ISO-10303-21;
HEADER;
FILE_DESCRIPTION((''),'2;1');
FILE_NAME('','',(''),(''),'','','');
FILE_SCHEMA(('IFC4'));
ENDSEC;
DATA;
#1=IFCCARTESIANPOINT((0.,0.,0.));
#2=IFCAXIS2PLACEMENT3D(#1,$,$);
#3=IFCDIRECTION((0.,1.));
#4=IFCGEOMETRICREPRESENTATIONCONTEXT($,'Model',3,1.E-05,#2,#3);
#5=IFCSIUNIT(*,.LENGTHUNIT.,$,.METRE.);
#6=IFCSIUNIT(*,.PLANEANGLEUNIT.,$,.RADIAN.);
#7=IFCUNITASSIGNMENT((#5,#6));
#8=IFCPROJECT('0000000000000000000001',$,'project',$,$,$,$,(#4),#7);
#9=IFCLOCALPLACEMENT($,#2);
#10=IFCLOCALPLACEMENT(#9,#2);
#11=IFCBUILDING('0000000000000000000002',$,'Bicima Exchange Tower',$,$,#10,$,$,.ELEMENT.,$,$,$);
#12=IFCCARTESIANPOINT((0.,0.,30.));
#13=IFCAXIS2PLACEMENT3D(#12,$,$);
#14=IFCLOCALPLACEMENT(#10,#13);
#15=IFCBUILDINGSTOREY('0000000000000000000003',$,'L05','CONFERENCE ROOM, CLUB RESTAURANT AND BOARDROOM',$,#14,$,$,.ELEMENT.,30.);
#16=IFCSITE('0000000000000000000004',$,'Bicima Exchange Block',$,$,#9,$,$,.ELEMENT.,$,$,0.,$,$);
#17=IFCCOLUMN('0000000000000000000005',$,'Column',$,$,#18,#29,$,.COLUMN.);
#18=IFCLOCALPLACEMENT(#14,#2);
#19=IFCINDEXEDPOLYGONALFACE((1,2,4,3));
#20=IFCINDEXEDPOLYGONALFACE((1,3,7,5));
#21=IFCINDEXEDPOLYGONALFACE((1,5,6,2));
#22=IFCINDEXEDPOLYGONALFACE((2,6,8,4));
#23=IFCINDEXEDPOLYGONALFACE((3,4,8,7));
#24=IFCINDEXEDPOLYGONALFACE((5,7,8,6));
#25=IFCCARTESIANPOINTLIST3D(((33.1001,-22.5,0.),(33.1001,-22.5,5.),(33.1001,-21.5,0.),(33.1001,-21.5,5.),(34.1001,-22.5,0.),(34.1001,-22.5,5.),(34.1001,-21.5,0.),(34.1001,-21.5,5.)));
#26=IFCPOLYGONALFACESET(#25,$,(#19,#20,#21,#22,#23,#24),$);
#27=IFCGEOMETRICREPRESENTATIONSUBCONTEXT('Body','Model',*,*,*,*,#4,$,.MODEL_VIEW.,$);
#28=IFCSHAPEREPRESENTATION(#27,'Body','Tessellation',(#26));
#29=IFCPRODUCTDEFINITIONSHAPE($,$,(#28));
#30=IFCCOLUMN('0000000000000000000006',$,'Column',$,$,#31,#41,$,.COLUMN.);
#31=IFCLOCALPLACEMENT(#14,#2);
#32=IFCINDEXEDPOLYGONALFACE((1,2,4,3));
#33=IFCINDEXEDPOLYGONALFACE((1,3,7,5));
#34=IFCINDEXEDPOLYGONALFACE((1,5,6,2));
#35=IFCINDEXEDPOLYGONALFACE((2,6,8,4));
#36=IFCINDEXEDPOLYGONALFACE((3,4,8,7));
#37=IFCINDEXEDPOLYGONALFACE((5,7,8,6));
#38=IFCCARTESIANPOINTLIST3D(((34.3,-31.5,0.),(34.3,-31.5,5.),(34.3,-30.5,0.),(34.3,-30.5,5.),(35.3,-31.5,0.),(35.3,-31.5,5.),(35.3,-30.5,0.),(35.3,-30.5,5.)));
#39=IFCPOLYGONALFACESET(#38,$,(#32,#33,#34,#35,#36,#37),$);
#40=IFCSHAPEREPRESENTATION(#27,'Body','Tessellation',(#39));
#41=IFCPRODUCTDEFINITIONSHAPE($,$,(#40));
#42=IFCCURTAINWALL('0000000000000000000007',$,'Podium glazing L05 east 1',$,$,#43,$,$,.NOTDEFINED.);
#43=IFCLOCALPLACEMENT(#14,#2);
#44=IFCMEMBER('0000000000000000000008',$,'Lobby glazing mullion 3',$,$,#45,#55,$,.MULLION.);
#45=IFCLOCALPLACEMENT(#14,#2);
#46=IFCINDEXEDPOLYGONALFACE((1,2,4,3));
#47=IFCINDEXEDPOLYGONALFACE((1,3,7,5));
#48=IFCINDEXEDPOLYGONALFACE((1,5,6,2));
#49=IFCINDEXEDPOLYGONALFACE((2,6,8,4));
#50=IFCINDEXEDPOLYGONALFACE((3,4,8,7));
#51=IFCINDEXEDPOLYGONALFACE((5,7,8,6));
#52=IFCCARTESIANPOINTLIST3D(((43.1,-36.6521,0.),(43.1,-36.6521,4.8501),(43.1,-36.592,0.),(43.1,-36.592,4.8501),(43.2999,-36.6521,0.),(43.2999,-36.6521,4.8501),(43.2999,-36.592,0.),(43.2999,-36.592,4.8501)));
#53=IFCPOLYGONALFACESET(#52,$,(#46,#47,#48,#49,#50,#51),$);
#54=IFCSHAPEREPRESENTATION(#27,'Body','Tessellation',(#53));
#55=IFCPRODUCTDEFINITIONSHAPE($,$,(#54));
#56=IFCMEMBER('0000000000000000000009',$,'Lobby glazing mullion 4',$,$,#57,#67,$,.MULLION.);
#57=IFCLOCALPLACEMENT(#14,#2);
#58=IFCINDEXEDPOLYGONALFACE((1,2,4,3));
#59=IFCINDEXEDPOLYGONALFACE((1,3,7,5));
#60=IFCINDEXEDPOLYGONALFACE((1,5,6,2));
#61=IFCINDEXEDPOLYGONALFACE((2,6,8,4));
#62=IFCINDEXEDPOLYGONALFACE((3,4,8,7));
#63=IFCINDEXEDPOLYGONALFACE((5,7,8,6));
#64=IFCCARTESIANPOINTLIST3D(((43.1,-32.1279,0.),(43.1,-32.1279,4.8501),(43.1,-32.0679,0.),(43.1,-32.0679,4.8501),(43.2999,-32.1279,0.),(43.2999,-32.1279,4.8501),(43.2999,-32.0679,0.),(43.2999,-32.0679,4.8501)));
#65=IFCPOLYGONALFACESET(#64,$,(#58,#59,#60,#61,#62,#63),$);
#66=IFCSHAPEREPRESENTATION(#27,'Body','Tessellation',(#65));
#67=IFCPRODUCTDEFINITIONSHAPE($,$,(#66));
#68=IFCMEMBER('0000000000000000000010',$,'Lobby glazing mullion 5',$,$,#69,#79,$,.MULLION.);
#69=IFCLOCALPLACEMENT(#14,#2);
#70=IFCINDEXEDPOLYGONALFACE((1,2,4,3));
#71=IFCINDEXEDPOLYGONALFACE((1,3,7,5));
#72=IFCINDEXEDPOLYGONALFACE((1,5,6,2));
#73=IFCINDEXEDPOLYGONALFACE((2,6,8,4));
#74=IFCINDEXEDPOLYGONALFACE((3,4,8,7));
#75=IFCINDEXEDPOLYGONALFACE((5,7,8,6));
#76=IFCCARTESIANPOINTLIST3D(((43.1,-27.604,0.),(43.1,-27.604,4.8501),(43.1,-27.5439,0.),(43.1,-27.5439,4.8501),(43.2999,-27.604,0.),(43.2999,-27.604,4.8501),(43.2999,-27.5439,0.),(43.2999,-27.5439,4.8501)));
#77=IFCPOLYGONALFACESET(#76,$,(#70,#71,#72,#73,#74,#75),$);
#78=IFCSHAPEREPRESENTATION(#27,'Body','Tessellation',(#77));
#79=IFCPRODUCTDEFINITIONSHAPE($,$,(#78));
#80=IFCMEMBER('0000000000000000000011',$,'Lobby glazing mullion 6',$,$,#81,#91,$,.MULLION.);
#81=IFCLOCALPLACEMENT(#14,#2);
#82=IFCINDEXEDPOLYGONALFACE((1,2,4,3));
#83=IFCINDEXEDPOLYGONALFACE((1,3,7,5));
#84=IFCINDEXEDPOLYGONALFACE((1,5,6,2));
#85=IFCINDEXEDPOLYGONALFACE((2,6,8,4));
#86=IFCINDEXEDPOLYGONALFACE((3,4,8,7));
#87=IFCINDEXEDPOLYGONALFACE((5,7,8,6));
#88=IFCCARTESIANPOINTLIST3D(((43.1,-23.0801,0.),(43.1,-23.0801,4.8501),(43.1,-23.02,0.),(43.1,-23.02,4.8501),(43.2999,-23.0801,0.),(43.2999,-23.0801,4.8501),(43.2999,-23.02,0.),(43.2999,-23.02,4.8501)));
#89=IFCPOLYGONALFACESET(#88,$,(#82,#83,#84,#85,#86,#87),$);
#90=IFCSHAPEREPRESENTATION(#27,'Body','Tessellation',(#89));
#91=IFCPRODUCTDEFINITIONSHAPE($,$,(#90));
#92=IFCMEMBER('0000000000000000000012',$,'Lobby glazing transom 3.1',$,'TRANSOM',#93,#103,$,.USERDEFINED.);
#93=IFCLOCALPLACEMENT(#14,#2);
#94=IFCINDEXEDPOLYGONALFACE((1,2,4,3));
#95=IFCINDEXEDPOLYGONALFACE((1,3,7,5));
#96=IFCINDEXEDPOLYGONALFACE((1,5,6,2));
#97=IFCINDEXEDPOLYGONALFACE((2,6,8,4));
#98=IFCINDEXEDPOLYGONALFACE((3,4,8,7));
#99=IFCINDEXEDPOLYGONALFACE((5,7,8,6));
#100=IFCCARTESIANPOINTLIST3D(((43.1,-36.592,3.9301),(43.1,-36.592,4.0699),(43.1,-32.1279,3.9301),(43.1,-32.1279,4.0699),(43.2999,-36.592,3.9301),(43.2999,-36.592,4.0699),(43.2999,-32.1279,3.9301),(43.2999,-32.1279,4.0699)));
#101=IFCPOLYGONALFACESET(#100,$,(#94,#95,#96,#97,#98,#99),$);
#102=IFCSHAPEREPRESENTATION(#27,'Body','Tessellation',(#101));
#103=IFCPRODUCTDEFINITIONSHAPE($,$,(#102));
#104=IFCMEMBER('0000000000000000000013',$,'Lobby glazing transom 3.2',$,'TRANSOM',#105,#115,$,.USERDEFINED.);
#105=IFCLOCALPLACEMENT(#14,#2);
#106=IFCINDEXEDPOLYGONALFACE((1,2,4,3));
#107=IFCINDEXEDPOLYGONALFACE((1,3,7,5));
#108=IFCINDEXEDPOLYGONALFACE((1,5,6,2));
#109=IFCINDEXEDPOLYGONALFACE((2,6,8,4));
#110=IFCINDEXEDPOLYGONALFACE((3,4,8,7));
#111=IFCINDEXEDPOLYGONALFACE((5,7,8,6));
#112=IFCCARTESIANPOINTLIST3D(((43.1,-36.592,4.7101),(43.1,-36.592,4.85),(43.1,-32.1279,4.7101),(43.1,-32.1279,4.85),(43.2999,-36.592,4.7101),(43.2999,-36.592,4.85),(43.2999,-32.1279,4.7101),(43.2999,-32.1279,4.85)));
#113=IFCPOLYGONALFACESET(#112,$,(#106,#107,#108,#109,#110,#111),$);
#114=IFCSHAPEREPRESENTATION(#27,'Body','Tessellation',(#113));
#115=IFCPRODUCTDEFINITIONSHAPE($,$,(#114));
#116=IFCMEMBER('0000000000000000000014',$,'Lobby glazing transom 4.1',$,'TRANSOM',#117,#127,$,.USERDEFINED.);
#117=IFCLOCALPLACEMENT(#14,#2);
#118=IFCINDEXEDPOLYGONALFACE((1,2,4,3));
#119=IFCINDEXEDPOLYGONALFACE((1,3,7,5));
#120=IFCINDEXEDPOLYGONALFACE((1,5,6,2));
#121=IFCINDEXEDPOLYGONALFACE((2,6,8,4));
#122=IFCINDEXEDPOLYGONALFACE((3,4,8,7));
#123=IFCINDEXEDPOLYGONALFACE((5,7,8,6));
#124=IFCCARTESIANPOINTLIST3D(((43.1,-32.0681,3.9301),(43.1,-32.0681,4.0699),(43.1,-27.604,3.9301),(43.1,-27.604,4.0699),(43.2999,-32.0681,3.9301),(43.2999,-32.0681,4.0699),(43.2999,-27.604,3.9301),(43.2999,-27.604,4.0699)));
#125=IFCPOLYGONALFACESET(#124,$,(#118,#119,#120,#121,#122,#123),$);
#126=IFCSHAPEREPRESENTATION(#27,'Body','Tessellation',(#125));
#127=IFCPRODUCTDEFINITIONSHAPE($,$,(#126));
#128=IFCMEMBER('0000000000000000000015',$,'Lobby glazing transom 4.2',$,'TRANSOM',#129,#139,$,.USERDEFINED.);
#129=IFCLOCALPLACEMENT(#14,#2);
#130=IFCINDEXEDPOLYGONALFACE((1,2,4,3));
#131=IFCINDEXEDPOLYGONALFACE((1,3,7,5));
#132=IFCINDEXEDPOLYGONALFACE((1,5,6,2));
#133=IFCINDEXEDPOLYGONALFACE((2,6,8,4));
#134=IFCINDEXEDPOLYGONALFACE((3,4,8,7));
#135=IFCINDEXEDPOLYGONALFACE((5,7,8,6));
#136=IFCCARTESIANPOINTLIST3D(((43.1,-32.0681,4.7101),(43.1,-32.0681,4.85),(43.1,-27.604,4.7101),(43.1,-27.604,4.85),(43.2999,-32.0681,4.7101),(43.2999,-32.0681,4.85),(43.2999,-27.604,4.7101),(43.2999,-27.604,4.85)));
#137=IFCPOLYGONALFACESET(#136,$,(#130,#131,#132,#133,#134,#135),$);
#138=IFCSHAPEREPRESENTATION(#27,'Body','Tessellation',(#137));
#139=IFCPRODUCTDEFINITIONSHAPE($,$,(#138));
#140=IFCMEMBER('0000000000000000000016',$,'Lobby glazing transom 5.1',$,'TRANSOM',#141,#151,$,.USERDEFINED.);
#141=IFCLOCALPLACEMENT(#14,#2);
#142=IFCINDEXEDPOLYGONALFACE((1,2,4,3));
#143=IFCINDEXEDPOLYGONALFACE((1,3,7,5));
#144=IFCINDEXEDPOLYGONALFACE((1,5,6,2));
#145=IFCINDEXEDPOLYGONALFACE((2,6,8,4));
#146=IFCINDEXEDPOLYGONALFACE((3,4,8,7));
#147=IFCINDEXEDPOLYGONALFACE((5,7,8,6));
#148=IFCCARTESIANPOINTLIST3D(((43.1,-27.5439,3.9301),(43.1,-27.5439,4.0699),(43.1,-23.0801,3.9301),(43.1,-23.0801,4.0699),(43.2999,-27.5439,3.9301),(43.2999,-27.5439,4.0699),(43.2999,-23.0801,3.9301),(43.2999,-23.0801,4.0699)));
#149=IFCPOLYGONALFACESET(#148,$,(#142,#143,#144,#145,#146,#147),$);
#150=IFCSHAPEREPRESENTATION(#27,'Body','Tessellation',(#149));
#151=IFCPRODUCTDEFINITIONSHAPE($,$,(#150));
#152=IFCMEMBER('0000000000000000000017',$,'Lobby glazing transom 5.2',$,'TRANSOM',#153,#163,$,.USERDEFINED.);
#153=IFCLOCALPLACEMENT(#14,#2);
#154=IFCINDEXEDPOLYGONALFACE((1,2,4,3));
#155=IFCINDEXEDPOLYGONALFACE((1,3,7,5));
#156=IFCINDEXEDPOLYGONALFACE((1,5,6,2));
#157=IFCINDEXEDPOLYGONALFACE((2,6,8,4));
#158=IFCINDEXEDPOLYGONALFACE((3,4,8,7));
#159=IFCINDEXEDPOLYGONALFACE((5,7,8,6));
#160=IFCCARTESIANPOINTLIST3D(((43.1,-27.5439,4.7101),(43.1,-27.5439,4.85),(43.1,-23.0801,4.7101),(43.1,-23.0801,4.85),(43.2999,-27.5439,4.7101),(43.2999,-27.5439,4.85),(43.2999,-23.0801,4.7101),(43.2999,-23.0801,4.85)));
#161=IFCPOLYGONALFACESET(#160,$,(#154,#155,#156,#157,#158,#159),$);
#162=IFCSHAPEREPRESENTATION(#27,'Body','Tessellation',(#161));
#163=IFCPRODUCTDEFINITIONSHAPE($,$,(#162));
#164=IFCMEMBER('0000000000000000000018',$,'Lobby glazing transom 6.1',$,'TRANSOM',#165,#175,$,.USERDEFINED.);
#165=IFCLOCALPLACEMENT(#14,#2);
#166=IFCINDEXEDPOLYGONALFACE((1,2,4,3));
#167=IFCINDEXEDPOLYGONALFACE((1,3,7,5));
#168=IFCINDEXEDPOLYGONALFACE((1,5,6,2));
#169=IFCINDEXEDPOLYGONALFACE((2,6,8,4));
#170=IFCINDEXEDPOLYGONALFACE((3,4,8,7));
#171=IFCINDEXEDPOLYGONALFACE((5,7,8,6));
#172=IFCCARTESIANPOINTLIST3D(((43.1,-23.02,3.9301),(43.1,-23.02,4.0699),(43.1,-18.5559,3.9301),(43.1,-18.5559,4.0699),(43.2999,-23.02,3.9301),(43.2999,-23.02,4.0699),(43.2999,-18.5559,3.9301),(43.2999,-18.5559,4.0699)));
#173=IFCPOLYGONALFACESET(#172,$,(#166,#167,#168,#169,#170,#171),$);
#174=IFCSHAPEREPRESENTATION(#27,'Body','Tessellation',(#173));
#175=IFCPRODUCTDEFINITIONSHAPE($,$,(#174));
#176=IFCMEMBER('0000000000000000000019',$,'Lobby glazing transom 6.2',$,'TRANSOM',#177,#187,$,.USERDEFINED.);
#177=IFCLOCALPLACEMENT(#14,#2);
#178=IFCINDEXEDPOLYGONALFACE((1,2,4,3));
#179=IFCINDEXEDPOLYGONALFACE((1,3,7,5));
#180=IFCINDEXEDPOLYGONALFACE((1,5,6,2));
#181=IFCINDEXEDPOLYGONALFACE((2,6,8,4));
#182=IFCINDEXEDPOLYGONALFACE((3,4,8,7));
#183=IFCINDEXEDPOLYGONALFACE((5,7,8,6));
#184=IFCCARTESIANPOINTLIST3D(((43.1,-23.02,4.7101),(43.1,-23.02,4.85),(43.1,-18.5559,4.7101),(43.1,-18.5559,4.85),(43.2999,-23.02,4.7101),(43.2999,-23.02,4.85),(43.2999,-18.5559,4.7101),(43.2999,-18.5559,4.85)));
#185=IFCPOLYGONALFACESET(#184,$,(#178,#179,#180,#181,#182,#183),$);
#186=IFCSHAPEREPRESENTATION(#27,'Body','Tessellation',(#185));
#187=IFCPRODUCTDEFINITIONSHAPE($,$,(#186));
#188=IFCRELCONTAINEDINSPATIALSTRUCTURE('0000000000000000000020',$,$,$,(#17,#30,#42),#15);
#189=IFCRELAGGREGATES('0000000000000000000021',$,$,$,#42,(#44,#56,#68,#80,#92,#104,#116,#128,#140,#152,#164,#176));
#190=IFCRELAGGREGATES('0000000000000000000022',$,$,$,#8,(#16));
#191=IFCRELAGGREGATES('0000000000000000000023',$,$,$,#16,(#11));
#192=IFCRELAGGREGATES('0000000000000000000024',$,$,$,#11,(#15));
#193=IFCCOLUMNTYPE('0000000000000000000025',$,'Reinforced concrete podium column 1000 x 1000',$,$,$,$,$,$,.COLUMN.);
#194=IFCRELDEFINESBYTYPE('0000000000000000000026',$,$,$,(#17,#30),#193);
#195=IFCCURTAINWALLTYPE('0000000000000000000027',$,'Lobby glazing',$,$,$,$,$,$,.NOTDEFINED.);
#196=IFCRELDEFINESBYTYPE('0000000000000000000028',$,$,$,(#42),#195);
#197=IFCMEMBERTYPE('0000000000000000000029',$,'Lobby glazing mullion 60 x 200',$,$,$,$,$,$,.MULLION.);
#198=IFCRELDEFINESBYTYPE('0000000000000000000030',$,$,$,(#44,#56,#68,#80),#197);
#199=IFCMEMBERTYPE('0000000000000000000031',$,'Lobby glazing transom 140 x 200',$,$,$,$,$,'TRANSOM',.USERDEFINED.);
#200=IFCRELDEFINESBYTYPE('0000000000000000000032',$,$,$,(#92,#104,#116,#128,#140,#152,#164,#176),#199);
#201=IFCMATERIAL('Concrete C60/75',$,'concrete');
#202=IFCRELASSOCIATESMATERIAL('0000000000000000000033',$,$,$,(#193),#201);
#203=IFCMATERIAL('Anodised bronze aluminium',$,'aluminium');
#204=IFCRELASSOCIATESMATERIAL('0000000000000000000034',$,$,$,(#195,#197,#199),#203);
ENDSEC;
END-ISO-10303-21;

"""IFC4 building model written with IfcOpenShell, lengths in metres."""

from ifc_helpers import new_model, si_unit, direction, frame, origin, origin_2d, place, context, subcontext, project, spatial, rectangle, extrude, material, material_profile, profile_set, type_object, element, aggregate, save


model = new_model("IFC4")

# Units and contexts
model_context = context("Model", 3, precision=1e-05, world=origin(), true_north=direction((0.0, 1.0)))
body_context = subcontext(model_context, "Body", "Model", "MODEL_VIEW")
ifc_project = project(units=[si_unit("LENGTHUNIT", "METRE"), si_unit("PLANEANGLEUNIT", "RADIAN")], contexts=[model_context])

# Site, building, storey
site_placement = place(None, origin())
site = spatial("IfcSite", under=ifc_project, at=site_placement, Name="Bicima Exchange Block", CompositionType="ELEMENT", RefElevation=0.0)
building_placement = place(site_placement, origin())
building = spatial("IfcBuilding", under=site, at=building_placement, Name="Bicima Exchange Tower", CompositionType="ELEMENT")
storey_placement = place(building_placement, frame((0.0, 0.0, 30.0)))
storey = spatial("IfcBuildingStorey", under=building, at=storey_placement, Name="L05", Description="CONFERENCE ROOM, CLUB RESTAURANT AND BOARDROOM", CompositionType="ELEMENT", Elevation=30.0)

# Columns
ifc_material_1 = material(Name="Concrete C60/75", Category="concrete")
ifc_material_profile_1 = material_profile(ifc_material_1, rectangle(XDim=1.0, YDim=1.0, at=origin_2d()))
ifc_profile_set_1 = profile_set([ifc_material_profile_1], Name="Concrete C60/75")
column_type = type_object("IfcColumnType", Name="Reinforced concrete podium column 1000 x 1000", PredefinedType="COLUMN", material=ifc_profile_set_1)
for number, where, z_axis, x_axis, name in (
    (1, (33.6001, -22.0, 0.0), (0.0, 0.0, 1.0), (1.0, 0.0, 0.0), "Column"),
    (2, (34.8, -31.0, 0.0), (0.0, 0.0, 1.0), (1.0, 0.0, 0.0), "Column"),
):
    element("IfcColumn", number, at=place(storey_placement, frame(where, z_axis=z_axis, x_axis=x_axis)), inside=storey, type_object=column_type, Name=name, PredefinedType="COLUMN", context=body_context, shape_type="SweptSolid", body=[
        extrude(rectangle(XDim=1.0, YDim=1.0, at=origin_2d()), origin(), (0.0, 0.0, 1.0), 5.0),
    ])

# Curtain wall, members
ifc_material_2 = material(Name="Anodised bronze aluminium", Category="aluminium")
curtain_wall_type = type_object("IfcCurtainWallType", Name="Lobby glazing", PredefinedType="NOTDEFINED", material=ifc_material_2)
curtain_wall_placement = place(storey_placement, origin())
curtain_wall = element("IfcCurtainWall", 3, at=curtain_wall_placement, inside=storey, type_object=curtain_wall_type, Name="Podium glazing L05 east 1", PredefinedType="NOTDEFINED")
ifc_material_profile_2 = material_profile(ifc_material_2, rectangle(XDim=0.2, YDim=0.0601, at=origin_2d()))
ifc_profile_set_2 = profile_set([ifc_material_profile_2], Name="Anodised bronze aluminium")
member_type_1 = type_object("IfcMemberType", Name="Lobby glazing mullion 60 x 200", PredefinedType="MULLION", material=ifc_profile_set_2)
member_1_placement = place(storey_placement, frame((43.2, -36.6221, 0.0), z_axis=(0.0, 0.0, 1.0), x_axis=(-1.0, 0.0, 0.0)))
member_1 = element("IfcMember", 4, at=member_1_placement, type_object=member_type_1, Name="Lobby glazing mullion 3", PredefinedType="MULLION", context=body_context, shape_type="SweptSolid", body=[
    extrude(rectangle(XDim=0.2, YDim=0.0601, at=origin_2d()), origin(), (0.0, 0.0, 1.0), 4.8501),
])
member_2_placement = place(storey_placement, frame((43.2, -32.0979, 0.0), z_axis=(0.0, 0.0, 1.0), x_axis=(-1.0, 0.0, 0.0)))
member_2 = element("IfcMember", 5, at=member_2_placement, type_object=member_type_1, Name="Lobby glazing mullion 4", PredefinedType="MULLION", context=body_context, shape_type="SweptSolid", body=[
    extrude(rectangle(XDim=0.2, YDim=0.0601, at=origin_2d()), origin(), (0.0, 0.0, 1.0), 4.8501),
])
member_3_placement = place(storey_placement, frame((43.2, -27.574, 0.0), z_axis=(0.0, 0.0, 1.0), x_axis=(-1.0, 0.0, 0.0)))
member_3 = element("IfcMember", 6, at=member_3_placement, type_object=member_type_1, Name="Lobby glazing mullion 5", PredefinedType="MULLION", context=body_context, shape_type="SweptSolid", body=[
    extrude(rectangle(XDim=0.2, YDim=0.0601, at=origin_2d()), origin(), (0.0, 0.0, 1.0), 4.8501),
])
member_4_placement = place(storey_placement, frame((43.2, -23.05, 0.0), z_axis=(0.0, 0.0, 1.0), x_axis=(-1.0, 0.0, 0.0)))
member_4 = element("IfcMember", 7, at=member_4_placement, type_object=member_type_1, Name="Lobby glazing mullion 6", PredefinedType="MULLION", context=body_context, shape_type="SweptSolid", body=[
    extrude(rectangle(XDim=0.2, YDim=0.0601, at=origin_2d()), origin(), (0.0, 0.0, 1.0), 4.8501),
])
ifc_material_profile_3 = material_profile(ifc_material_2, rectangle(XDim=0.2, YDim=0.1399, at=origin_2d()))
ifc_profile_set_3 = profile_set([ifc_material_profile_3], Name="Anodised bronze aluminium")
member_type_2 = type_object("IfcMemberType", Name="Lobby glazing transom 140 x 200", ElementType="TRANSOM", PredefinedType="USERDEFINED", material=ifc_profile_set_3)
member_5_placement = place(storey_placement, frame((43.2, -36.592, 4.0), z_axis=(0.0, 1.0, 0.0), x_axis=(-1.0, 0.0, 0.0)))
member_5 = element("IfcMember", 8, at=member_5_placement, type_object=member_type_2, Name="Lobby glazing transom 3.1", ObjectType="TRANSOM", PredefinedType="USERDEFINED", context=body_context, shape_type="SweptSolid", body=[
    extrude(rectangle(XDim=0.2, YDim=0.1399, at=origin_2d()), origin(), (0.0, 0.0, 1.0), 4.4641),
])
member_6_placement = place(storey_placement, frame((43.2, -36.592, 4.78), z_axis=(0.0, 1.0, 0.0), x_axis=(-1.0, 0.0, 0.0)))
member_6 = element("IfcMember", 9, at=member_6_placement, type_object=member_type_2, Name="Lobby glazing transom 3.2", ObjectType="TRANSOM", PredefinedType="USERDEFINED", context=body_context, shape_type="SweptSolid", body=[
    extrude(rectangle(XDim=0.2, YDim=0.1399, at=origin_2d()), origin(), (0.0, 0.0, 1.0), 4.4641),
])
member_7_placement = place(storey_placement, frame((43.2, -32.0681, 4.0), z_axis=(0.0, 1.0, 0.0), x_axis=(-1.0, 0.0, 0.0)))
member_7 = element("IfcMember", 10, at=member_7_placement, type_object=member_type_2, Name="Lobby glazing transom 4.1", ObjectType="TRANSOM", PredefinedType="USERDEFINED", context=body_context, shape_type="SweptSolid", body=[
    extrude(rectangle(XDim=0.2, YDim=0.1399, at=origin_2d()), origin(), (0.0, 0.0, 1.0), 4.4641),
])
member_8_placement = place(storey_placement, frame((43.2, -32.0681, 4.78), z_axis=(0.0, 1.0, 0.0), x_axis=(-1.0, 0.0, 0.0)))
member_8 = element("IfcMember", 11, at=member_8_placement, type_object=member_type_2, Name="Lobby glazing transom 4.2", ObjectType="TRANSOM", PredefinedType="USERDEFINED", context=body_context, shape_type="SweptSolid", body=[
    extrude(rectangle(XDim=0.2, YDim=0.1399, at=origin_2d()), origin(), (0.0, 0.0, 1.0), 4.4641),
])
member_9_placement = place(storey_placement, frame((43.2, -27.5439, 4.0), z_axis=(0.0, 1.0, 0.0), x_axis=(-1.0, 0.0, 0.0)))
member_9 = element("IfcMember", 12, at=member_9_placement, type_object=member_type_2, Name="Lobby glazing transom 5.1", ObjectType="TRANSOM", PredefinedType="USERDEFINED", context=body_context, shape_type="SweptSolid", body=[
    extrude(rectangle(XDim=0.2, YDim=0.1399, at=origin_2d()), origin(), (0.0, 0.0, 1.0), 4.4639),
])
member_10_placement = place(storey_placement, frame((43.2, -27.5439, 4.78), z_axis=(0.0, 1.0, 0.0), x_axis=(-1.0, 0.0, 0.0)))
member_10 = element("IfcMember", 13, at=member_10_placement, type_object=member_type_2, Name="Lobby glazing transom 5.2", ObjectType="TRANSOM", PredefinedType="USERDEFINED", context=body_context, shape_type="SweptSolid", body=[
    extrude(rectangle(XDim=0.2, YDim=0.1399, at=origin_2d()), origin(), (0.0, 0.0, 1.0), 4.4639),
])
member_11_placement = place(storey_placement, frame((43.2, -23.02, 4.0), z_axis=(0.0, 1.0, 0.0), x_axis=(-1.0, 0.0, 0.0)))
member_11 = element("IfcMember", 14, at=member_11_placement, type_object=member_type_2, Name="Lobby glazing transom 6.1", ObjectType="TRANSOM", PredefinedType="USERDEFINED", context=body_context, shape_type="SweptSolid", body=[
    extrude(rectangle(XDim=0.2, YDim=0.1399, at=origin_2d()), origin(), (0.0, 0.0, 1.0), 4.4641),
])
member_12_placement = place(storey_placement, frame((43.2, -23.02, 4.78), z_axis=(0.0, 1.0, 0.0), x_axis=(-1.0, 0.0, 0.0)))
member_12 = element("IfcMember", 15, at=member_12_placement, type_object=member_type_2, Name="Lobby glazing transom 6.2", ObjectType="TRANSOM", PredefinedType="USERDEFINED", context=body_context, shape_type="SweptSolid", body=[
    extrude(rectangle(XDim=0.2, YDim=0.1399, at=origin_2d()), origin(), (0.0, 0.0, 1.0), 4.4641),
])
aggregate(curtain_wall, [member_1, member_2, member_3, member_4, member_5, member_6, member_7, member_8, member_9, member_10, member_11, member_12])

save(model, "model.ifc")
